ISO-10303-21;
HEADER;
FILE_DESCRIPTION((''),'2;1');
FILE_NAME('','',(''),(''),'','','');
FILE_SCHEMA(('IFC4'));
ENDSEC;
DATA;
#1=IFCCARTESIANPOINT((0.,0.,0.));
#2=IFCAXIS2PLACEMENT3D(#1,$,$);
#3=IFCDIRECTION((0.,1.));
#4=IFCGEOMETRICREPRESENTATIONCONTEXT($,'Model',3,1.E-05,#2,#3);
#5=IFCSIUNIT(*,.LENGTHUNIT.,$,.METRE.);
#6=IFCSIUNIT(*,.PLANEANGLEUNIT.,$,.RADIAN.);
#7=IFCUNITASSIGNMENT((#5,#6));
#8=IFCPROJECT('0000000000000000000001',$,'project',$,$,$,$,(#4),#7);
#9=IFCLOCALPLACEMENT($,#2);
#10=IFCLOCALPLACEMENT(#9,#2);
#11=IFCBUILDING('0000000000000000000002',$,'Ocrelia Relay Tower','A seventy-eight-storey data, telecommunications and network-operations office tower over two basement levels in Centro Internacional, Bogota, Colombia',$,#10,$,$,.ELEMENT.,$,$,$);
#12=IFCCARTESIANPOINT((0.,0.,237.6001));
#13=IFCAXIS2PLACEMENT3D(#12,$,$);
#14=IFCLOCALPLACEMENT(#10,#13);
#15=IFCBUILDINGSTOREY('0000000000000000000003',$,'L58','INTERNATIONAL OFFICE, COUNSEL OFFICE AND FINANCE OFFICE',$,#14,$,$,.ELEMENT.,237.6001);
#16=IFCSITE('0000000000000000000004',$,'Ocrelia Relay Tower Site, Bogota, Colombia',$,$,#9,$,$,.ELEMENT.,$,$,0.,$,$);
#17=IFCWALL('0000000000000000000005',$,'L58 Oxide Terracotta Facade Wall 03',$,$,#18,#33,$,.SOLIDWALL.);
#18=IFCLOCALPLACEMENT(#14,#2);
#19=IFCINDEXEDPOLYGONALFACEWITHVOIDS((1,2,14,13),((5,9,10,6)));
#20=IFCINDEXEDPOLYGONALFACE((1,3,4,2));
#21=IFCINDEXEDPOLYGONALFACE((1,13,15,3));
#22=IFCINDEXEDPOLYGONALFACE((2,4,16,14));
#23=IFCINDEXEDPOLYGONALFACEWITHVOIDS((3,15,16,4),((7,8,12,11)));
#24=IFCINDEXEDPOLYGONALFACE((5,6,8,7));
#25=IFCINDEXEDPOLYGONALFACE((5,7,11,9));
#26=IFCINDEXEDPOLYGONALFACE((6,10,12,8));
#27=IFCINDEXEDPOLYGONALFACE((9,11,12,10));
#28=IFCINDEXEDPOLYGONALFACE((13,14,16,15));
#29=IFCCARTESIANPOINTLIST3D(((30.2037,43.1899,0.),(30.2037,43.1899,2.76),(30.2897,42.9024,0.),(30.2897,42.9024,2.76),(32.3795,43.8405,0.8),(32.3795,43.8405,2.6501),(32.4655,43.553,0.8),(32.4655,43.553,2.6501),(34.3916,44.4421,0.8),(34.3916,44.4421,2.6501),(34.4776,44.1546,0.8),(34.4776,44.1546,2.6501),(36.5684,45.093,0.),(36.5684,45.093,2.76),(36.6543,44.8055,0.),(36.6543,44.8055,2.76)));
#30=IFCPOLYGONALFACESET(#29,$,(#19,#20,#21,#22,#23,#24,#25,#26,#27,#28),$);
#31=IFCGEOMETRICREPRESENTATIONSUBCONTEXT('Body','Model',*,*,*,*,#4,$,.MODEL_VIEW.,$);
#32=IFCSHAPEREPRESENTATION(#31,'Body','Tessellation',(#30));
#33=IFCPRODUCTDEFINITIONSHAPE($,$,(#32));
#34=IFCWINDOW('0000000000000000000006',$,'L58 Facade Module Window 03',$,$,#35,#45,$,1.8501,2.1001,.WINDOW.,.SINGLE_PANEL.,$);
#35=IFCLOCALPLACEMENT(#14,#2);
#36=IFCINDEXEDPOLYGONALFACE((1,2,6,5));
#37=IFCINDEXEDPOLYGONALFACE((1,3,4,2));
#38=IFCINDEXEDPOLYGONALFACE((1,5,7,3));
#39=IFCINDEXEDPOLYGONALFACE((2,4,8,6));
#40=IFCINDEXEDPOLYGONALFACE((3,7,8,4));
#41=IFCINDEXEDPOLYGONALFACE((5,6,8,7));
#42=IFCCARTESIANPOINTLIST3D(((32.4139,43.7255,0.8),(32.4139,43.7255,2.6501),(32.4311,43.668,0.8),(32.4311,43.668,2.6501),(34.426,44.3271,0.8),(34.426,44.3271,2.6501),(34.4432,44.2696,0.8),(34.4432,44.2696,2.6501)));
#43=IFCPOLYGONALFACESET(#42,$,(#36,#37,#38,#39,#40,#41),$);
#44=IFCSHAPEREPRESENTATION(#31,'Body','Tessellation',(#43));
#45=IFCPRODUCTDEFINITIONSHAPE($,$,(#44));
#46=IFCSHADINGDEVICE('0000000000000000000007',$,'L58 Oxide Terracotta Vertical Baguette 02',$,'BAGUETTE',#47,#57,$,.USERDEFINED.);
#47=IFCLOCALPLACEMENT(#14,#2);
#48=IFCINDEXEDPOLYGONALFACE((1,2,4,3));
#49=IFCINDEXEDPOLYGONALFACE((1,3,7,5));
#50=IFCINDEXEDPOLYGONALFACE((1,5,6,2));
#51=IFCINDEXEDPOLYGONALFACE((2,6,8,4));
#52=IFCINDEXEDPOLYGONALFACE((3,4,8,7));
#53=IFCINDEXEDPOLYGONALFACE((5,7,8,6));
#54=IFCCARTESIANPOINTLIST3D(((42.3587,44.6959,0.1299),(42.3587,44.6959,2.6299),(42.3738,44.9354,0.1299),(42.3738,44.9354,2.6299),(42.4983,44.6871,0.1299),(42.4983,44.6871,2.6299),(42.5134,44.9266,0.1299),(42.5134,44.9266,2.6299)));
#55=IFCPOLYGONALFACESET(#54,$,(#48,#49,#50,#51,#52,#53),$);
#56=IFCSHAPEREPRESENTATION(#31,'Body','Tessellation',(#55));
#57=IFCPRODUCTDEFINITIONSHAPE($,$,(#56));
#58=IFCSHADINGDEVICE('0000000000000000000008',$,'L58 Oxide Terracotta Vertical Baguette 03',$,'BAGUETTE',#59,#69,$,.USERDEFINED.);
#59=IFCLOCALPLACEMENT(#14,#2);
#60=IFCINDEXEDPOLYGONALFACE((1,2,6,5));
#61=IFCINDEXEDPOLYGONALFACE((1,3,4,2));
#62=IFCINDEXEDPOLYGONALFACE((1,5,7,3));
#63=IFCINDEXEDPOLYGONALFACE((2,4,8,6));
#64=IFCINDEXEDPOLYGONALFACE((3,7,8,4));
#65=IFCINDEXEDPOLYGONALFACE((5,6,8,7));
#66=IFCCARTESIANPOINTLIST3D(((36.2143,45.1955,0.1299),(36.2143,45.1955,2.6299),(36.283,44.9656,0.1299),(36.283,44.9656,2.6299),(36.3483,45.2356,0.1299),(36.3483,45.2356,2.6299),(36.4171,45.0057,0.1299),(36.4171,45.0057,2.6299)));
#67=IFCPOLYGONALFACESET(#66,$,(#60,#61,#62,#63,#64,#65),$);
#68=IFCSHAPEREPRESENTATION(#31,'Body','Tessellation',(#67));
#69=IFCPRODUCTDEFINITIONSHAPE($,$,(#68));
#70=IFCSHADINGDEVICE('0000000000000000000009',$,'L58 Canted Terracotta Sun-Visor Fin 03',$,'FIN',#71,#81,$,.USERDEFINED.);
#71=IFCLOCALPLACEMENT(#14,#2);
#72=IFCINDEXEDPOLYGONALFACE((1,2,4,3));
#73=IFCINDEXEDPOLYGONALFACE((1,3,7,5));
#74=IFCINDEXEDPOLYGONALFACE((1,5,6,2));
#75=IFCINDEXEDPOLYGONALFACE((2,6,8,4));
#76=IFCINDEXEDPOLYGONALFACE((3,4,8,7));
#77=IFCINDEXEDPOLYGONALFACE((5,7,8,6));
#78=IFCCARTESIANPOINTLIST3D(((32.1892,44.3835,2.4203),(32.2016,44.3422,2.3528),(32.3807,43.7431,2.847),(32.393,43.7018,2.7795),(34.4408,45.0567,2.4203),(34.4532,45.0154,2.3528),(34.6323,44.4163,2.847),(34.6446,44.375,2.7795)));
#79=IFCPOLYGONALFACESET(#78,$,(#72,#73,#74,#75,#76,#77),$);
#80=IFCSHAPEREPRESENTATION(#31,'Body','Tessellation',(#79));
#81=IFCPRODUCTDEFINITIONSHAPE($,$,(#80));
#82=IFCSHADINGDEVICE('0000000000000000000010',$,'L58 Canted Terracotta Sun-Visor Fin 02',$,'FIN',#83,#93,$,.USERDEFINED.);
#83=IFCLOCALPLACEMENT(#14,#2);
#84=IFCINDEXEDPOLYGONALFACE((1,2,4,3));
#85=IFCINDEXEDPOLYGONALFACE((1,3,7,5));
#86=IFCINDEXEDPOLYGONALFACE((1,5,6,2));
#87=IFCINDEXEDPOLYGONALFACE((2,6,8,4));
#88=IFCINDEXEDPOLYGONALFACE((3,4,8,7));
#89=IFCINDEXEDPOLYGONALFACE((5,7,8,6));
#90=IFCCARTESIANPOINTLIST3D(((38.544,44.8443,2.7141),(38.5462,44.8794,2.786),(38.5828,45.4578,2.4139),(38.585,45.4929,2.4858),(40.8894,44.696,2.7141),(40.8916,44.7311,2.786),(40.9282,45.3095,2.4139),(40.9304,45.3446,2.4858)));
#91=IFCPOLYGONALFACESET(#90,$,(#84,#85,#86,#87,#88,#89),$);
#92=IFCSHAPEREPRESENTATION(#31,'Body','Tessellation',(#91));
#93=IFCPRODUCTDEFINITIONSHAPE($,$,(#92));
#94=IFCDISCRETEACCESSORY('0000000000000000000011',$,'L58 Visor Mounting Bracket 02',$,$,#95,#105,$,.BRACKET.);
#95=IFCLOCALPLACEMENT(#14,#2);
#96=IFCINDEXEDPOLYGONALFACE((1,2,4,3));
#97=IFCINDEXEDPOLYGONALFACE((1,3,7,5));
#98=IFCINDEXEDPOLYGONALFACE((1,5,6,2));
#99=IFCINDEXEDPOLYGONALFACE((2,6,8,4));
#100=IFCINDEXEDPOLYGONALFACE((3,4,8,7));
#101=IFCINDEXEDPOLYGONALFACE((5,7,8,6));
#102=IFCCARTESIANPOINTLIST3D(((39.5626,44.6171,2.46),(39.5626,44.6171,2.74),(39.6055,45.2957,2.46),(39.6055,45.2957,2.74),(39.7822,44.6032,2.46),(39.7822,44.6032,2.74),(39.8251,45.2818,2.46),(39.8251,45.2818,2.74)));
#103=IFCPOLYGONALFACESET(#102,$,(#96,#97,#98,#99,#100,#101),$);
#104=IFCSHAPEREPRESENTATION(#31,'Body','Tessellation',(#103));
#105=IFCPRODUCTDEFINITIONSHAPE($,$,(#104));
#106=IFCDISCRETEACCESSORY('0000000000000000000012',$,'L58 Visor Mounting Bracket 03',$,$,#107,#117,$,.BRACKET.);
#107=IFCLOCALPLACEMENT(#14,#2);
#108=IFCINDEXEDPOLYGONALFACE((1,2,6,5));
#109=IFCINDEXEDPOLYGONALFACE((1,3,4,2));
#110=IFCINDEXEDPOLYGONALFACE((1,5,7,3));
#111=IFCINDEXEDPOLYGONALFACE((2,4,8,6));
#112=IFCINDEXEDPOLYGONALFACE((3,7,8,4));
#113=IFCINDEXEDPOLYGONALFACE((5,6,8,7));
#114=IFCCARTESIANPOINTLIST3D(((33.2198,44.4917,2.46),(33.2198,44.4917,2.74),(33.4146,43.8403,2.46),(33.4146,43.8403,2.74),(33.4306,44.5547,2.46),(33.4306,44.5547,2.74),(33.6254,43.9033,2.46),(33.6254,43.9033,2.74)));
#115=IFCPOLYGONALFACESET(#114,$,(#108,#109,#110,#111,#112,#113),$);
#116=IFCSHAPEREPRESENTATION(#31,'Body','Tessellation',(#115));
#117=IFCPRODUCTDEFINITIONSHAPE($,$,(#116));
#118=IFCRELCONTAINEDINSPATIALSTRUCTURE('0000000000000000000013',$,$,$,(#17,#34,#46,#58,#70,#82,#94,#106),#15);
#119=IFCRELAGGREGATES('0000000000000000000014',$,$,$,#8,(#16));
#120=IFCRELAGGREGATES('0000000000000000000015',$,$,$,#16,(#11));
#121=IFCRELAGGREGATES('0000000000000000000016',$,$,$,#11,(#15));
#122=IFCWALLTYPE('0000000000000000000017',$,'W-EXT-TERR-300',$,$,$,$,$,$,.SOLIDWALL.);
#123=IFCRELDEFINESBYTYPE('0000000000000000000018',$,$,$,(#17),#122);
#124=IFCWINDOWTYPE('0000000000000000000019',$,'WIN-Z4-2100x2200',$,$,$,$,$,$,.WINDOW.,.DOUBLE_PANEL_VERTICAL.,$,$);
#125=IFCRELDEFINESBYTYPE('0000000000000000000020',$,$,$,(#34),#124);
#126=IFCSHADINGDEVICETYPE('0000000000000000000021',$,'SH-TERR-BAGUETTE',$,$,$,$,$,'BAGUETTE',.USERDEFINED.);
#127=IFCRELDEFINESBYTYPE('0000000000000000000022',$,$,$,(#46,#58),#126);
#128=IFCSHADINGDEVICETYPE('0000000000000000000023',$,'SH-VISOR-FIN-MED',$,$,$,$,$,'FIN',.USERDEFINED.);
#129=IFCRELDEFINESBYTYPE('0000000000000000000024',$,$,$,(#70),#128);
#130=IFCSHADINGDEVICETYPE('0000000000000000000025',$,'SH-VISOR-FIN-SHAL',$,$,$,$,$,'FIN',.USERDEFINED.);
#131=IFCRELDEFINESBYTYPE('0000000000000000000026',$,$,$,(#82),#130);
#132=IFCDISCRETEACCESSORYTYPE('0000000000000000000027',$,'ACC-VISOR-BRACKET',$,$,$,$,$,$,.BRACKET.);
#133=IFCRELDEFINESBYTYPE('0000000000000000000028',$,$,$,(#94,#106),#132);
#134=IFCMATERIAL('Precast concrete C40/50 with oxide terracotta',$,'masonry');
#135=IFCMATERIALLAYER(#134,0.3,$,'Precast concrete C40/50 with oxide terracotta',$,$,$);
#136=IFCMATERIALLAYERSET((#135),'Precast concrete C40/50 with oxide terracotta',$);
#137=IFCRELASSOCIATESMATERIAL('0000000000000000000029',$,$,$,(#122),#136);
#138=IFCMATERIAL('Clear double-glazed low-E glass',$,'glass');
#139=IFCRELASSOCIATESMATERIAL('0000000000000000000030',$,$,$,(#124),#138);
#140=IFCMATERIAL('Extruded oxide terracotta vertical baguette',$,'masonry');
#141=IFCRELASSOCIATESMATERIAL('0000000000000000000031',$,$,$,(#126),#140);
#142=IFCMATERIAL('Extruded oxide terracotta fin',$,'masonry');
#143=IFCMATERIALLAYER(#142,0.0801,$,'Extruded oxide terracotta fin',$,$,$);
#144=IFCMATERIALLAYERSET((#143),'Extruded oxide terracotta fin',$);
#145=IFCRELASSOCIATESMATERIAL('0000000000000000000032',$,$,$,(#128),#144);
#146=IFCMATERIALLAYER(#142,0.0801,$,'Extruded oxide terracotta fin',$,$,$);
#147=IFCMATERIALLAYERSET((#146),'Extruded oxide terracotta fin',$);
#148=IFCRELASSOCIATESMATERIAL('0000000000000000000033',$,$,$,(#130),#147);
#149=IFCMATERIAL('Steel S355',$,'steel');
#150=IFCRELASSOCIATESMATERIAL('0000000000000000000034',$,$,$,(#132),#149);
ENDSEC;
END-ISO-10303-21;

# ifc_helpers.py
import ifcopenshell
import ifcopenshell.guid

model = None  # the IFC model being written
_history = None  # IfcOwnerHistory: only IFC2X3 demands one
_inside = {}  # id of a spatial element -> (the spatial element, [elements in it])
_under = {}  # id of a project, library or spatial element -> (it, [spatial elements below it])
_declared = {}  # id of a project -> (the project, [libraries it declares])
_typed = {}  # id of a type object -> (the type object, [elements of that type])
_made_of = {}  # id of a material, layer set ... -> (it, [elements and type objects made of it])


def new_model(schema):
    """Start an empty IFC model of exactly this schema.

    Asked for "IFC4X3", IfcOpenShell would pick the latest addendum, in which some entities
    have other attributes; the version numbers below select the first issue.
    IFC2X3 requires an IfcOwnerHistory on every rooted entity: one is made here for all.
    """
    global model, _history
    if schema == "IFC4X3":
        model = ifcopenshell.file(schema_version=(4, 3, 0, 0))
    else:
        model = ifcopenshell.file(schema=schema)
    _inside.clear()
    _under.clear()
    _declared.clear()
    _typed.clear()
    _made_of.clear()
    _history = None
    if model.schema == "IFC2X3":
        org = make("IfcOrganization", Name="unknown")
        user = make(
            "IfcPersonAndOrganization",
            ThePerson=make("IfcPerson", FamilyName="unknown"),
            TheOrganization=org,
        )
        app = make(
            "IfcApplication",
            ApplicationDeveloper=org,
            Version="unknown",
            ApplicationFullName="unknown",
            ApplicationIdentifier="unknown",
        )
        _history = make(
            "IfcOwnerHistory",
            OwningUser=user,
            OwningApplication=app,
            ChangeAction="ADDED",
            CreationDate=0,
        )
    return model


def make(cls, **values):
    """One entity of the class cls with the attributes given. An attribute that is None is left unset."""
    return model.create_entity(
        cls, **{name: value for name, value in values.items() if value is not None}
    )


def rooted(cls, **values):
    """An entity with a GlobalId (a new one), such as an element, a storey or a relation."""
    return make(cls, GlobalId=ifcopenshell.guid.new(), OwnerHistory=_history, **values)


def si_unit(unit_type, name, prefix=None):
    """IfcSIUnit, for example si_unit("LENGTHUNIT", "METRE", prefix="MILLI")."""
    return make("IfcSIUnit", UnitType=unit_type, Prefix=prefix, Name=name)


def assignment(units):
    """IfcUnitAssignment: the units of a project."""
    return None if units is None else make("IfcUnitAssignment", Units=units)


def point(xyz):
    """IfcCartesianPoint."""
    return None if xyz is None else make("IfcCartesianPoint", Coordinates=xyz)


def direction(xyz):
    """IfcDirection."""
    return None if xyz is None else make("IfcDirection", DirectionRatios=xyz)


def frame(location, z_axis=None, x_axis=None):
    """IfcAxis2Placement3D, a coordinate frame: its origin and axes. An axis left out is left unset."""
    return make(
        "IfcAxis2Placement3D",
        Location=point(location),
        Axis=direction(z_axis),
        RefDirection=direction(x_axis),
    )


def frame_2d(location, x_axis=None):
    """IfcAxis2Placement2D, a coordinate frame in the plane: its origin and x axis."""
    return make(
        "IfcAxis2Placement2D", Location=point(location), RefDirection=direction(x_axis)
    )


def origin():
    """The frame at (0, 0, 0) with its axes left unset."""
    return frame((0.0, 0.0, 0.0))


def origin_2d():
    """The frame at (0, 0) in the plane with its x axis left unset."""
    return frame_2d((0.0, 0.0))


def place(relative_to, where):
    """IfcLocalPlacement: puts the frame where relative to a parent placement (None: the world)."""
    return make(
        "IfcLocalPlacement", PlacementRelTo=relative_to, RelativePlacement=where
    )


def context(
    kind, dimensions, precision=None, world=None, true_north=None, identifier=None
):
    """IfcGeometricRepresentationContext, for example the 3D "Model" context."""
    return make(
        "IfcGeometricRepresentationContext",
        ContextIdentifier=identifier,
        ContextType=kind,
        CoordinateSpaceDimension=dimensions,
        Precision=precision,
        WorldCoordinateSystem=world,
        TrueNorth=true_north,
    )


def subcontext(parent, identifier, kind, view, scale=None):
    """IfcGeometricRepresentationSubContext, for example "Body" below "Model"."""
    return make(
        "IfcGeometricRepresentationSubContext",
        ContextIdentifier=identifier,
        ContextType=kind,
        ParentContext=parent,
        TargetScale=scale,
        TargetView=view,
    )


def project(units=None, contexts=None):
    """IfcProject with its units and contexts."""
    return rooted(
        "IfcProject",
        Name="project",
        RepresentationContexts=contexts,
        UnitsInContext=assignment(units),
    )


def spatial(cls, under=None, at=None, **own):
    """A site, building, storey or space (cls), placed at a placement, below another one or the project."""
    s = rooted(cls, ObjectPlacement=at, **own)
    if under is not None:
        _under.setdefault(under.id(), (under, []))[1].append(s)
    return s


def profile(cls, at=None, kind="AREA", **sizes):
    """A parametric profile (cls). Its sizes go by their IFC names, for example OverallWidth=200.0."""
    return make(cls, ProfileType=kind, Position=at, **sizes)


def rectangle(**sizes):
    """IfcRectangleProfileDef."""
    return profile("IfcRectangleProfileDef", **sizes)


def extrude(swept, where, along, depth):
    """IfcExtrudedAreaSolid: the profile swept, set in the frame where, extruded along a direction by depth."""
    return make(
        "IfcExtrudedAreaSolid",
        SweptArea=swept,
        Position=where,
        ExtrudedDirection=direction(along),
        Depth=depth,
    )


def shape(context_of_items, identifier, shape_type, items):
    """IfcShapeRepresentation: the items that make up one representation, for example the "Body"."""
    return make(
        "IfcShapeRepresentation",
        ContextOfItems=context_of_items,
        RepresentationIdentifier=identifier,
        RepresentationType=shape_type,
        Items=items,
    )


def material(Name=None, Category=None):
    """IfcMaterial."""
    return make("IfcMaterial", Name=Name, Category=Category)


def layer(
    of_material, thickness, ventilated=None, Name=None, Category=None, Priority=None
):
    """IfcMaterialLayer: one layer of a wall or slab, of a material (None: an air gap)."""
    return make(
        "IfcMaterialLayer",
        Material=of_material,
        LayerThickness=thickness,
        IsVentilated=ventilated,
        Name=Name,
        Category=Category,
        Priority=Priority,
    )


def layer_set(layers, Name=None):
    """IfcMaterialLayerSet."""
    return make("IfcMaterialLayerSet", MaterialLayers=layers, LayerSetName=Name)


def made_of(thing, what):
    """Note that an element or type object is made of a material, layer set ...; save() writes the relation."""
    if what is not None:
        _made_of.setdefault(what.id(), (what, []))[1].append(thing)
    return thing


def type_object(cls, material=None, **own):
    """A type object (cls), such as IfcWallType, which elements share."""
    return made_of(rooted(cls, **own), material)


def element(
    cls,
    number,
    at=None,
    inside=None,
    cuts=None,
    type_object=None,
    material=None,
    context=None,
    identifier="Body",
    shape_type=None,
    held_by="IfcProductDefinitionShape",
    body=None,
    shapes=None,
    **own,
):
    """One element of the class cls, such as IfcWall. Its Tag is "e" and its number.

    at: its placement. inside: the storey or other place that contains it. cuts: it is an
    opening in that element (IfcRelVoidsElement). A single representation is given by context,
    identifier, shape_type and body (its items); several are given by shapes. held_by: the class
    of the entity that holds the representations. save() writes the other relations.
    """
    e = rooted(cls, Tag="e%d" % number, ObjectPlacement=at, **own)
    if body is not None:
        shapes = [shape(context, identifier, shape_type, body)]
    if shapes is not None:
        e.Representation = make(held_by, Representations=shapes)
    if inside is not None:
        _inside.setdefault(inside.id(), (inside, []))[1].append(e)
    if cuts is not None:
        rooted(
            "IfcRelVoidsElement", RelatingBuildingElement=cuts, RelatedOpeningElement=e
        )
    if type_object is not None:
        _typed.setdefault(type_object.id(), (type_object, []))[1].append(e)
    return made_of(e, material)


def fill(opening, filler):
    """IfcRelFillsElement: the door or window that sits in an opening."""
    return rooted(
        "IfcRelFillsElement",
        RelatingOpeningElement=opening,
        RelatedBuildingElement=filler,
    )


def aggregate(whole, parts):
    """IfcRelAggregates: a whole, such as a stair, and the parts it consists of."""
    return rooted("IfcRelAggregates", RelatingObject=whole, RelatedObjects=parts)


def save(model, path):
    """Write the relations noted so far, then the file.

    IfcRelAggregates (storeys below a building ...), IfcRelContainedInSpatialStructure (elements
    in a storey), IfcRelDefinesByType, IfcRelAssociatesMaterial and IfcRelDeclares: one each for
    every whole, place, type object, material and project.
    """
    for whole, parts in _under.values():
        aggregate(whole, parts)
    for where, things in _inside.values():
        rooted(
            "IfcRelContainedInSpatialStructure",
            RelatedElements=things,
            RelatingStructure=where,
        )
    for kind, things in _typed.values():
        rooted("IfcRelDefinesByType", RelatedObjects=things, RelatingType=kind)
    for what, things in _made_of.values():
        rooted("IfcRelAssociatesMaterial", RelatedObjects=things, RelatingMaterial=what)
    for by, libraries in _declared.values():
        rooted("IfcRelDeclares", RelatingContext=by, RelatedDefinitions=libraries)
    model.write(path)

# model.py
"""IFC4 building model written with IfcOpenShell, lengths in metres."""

from ifc_helpers import new_model, si_unit, direction, frame, frame_2d, origin, origin_2d, place, context, subcontext, project, spatial, rectangle, extrude, material, layer, layer_set, type_object, element, fill, save


model = new_model("IFC4")

# Units and contexts
model_context = context("Model", 3, precision=1e-05, world=origin(), true_north=direction((0.0, 1.0)))
body_context = subcontext(model_context, "Body", "Model", "MODEL_VIEW")
ifc_project = project(units=[si_unit("LENGTHUNIT", "METRE"), si_unit("PLANEANGLEUNIT", "RADIAN")], contexts=[model_context])

# Site, building, storey
site_placement = place(None, origin())
site = spatial("IfcSite", under=ifc_project, at=site_placement, Name="Ocrelia Relay Tower Site, Bogota, Colombia", CompositionType="ELEMENT", RefElevation=0.0)
building_placement = place(site_placement, origin())
building = spatial("IfcBuilding", under=site, at=building_placement, Name="Ocrelia Relay Tower", Description="A seventy-eight-storey data, telecommunications and network-operations office tower over two basement levels in Centro Internacional, Bogota, Colombia", CompositionType="ELEMENT")
storey_placement = place(building_placement, frame((0.0, 0.0, 237.6001)))
storey = spatial("IfcBuildingStorey", under=building, at=storey_placement, Name="L58", Description="INTERNATIONAL OFFICE, COUNSEL OFFICE AND FINANCE OFFICE", CompositionType="ELEMENT", Elevation=237.6001)

# Shared definitions
ifc_material_1 = material(Name="Steel S355", Category="steel")

# Shared definitions
ifc_material_2 = material(Name="Clear double-glazed low-E glass", Category="glass")

# Wall, opening, window
ifc_material_3 = material(Name="Precast concrete C40/50 with oxide terracotta", Category="masonry")
ifc_layer_1 = layer(ifc_material_3, 0.3, Name="Precast concrete C40/50 with oxide terracotta")
ifc_layer_set_1 = layer_set([ifc_layer_1], Name="Precast concrete C40/50 with oxide terracotta")
wall_type_1 = type_object("IfcWallType", Name="W-EXT-TERR-300", PredefinedType="SOLIDWALL", material=ifc_layer_set_1)
window_type = type_object("IfcWindowType", Name="WIN-Z4-2100x2200", PartitioningType="DOUBLE_PANEL_VERTICAL", PredefinedType="WINDOW", material=ifc_material_2)
wall_1_placement = place(storey_placement, frame((36.6113, 44.9492, 0.0), z_axis=(0.0, 0.0, 1.0), x_axis=(-0.958089, -0.286471, 0.0)))
wall_1 = element("IfcWall", 1, at=wall_1_placement, inside=storey, type_object=wall_type_1, Name="L58 Oxide Terracotta Facade Wall 03", PredefinedType="SOLIDWALL", context=body_context, shape_type="SweptSolid", body=[
    extrude(rectangle(XDim=6.6431, YDim=0.3, at=frame_2d((3.3215, 0.0))), origin(), (0.0, 0.0, 1.0), 2.76),
])
opening_1_placement = place(wall_1_placement, frame((2.272, 0.0, 0.8)))
opening_1 = element("IfcOpeningElement", 2, at=opening_1_placement, cuts=wall_1, PredefinedType="OPENING", context=body_context, shape_type="SweptSolid", body=[
    extrude(rectangle(XDim=2.1001, YDim=1.8501, at=frame_2d((1.05, 0.925))), frame((0.0, 0.1602, 0.0), z_axis=(0.0, -1.0, 0.0), x_axis=(1.0, 0.0, 0.0)), (0.0, 0.0, 1.0), 0.3201),
])
window_1_placement = place(opening_1_placement, origin())
window_1 = element("IfcWindow", 3, at=window_1_placement, inside=storey, type_object=window_type, Name="L58 Facade Module Window 03", OverallHeight=1.8501, OverallWidth=2.1001, PartitioningType="SINGLE_PANEL", PredefinedType="WINDOW", context=body_context, shape_type="SweptSolid", body=[
    extrude(rectangle(XDim=2.1001, YDim=1.8501, at=frame_2d((1.05, 0.925))), frame((0.0, 0.03, 0.0), z_axis=(0.0, -1.0, 0.0), x_axis=(1.0, 0.0, 0.0)), (0.0, 0.0, 1.0), 0.0601),
])
fill(opening_1, window_1)

# Shading devices
ifc_material_4 = material(Name="Extruded oxide terracotta vertical baguette", Category="masonry")
shading_device_type_1 = type_object("IfcShadingDeviceType", Name="SH-TERR-BAGUETTE", ElementType="BAGUETTE", PredefinedType="USERDEFINED", material=ifc_material_4)
for number, where, z_axis, x_axis, name in (
    (4, (42.436, 44.8113, 0.1299), (0.0, 0.0, 1.0), (-0.998007, 0.0631, 0.0), "L58 Oxide Terracotta Vertical Baguette 02"),
    (5, (36.3157, 45.1006, 0.1299), (0.0, 0.0, 1.0), (-0.958093, -0.286458, 0.0), "L58 Oxide Terracotta Vertical Baguette 03"),
):
    element("IfcShadingDevice", number, at=place(storey_placement, frame(where, z_axis=z_axis, x_axis=x_axis)), inside=storey, type_object=shading_device_type_1, Name=name, ObjectType="BAGUETTE", PredefinedType="USERDEFINED", context=body_context, shape_type="SweptSolid", body=[
        extrude(rectangle(XDim=0.1399, YDim=0.24, at=origin_2d()), origin(), (0.0, 0.0, 1.0), 2.5),
    ])
ifc_material_5 = material(Name="Extruded oxide terracotta fin", Category="masonry")
ifc_layer_2 = layer(ifc_material_5, 0.0801, Name="Extruded oxide terracotta fin")
ifc_layer_set_2 = layer_set([ifc_layer_2], Name="Extruded oxide terracotta fin")
shading_device_type_2 = type_object("IfcShadingDeviceType", Name="SH-VISOR-FIN-MED", ElementType="FIN", PredefinedType="USERDEFINED", material=ifc_layer_set_2)
shading_device_1_placement = place(storey_placement, frame((33.4231, 44.3586, 2.5662), z_axis=(-0.154125, 0.515488, 0.842922), x_axis=(-0.958093, -0.286458, 0.0)))
element("IfcShadingDevice", 6, at=shading_device_1_placement, inside=storey, type_object=shading_device_type_2, Name="L58 Canted Terracotta Sun-Visor Fin 03", ObjectType="FIN", PredefinedType="USERDEFINED", context=body_context, shape_type="SweptSolid", body=[
    extrude(rectangle(XDim=2.3501, YDim=0.793, at=origin_2d()), origin(), (0.0, 0.0, 1.0), 0.0801),
])
ifc_layer_3 = layer(ifc_material_5, 0.0801, Name="Extruded oxide terracotta fin")
ifc_layer_set_3 = layer_set([ifc_layer_3], Name="Extruded oxide terracotta fin")
shading_device_type_3 = type_object("IfcShadingDeviceType", Name="SH-VISOR-FIN-SHAL", ElementType="FIN", PredefinedType="USERDEFINED", material=ifc_layer_set_3)
shading_device_2_placement = place(storey_placement, frame((39.7361, 45.0769, 2.564), z_axis=(0.027691, 0.437967, 0.898564), x_axis=(-0.998007, 0.0631, 0.0)))
element("IfcShadingDevice", 7, at=shading_device_2_placement, inside=storey, type_object=shading_device_type_3, Name="L58 Canted Terracotta Sun-Visor Fin 02", ObjectType="FIN", PredefinedType="USERDEFINED", context=body_context, shape_type="SweptSolid", body=[
    extrude(rectangle(XDim=2.3501, YDim=0.6841, at=origin_2d()), origin(), (0.0, 0.0, 1.0), 0.0801),
])

# Discrete accessories
discrete_accessory_type = type_object("IfcDiscreteAccessoryType", Name="ACC-VISOR-BRACKET", PredefinedType="BRACKET", material=ifc_material_1)
for number, where, z_axis, x_axis, name in (
    (8, (39.6938, 44.9495, 2.46), (0.0, 0.0, 1.0), (-0.998007, 0.0631, 0.0), "L58 Visor Mounting Bracket 02"),
    (9, (33.4226, 44.1975, 2.46), (0.0, 0.0, 1.0), (-0.958093, -0.286458, 0.0), "L58 Visor Mounting Bracket 03"),
):
    element("IfcDiscreteAccessory", number, at=place(storey_placement, frame(where, z_axis=z_axis, x_axis=x_axis)), inside=storey, type_object=discrete_accessory_type, Name=name, PredefinedType="BRACKET", context=body_context, shape_type="SweptSolid", body=[
        extrude(rectangle(XDim=0.22, YDim=0.6799, at=origin_2d()), origin(), (0.0, 0.0, 1.0), 0.28),
    ])

save(model, "model.ifc")
